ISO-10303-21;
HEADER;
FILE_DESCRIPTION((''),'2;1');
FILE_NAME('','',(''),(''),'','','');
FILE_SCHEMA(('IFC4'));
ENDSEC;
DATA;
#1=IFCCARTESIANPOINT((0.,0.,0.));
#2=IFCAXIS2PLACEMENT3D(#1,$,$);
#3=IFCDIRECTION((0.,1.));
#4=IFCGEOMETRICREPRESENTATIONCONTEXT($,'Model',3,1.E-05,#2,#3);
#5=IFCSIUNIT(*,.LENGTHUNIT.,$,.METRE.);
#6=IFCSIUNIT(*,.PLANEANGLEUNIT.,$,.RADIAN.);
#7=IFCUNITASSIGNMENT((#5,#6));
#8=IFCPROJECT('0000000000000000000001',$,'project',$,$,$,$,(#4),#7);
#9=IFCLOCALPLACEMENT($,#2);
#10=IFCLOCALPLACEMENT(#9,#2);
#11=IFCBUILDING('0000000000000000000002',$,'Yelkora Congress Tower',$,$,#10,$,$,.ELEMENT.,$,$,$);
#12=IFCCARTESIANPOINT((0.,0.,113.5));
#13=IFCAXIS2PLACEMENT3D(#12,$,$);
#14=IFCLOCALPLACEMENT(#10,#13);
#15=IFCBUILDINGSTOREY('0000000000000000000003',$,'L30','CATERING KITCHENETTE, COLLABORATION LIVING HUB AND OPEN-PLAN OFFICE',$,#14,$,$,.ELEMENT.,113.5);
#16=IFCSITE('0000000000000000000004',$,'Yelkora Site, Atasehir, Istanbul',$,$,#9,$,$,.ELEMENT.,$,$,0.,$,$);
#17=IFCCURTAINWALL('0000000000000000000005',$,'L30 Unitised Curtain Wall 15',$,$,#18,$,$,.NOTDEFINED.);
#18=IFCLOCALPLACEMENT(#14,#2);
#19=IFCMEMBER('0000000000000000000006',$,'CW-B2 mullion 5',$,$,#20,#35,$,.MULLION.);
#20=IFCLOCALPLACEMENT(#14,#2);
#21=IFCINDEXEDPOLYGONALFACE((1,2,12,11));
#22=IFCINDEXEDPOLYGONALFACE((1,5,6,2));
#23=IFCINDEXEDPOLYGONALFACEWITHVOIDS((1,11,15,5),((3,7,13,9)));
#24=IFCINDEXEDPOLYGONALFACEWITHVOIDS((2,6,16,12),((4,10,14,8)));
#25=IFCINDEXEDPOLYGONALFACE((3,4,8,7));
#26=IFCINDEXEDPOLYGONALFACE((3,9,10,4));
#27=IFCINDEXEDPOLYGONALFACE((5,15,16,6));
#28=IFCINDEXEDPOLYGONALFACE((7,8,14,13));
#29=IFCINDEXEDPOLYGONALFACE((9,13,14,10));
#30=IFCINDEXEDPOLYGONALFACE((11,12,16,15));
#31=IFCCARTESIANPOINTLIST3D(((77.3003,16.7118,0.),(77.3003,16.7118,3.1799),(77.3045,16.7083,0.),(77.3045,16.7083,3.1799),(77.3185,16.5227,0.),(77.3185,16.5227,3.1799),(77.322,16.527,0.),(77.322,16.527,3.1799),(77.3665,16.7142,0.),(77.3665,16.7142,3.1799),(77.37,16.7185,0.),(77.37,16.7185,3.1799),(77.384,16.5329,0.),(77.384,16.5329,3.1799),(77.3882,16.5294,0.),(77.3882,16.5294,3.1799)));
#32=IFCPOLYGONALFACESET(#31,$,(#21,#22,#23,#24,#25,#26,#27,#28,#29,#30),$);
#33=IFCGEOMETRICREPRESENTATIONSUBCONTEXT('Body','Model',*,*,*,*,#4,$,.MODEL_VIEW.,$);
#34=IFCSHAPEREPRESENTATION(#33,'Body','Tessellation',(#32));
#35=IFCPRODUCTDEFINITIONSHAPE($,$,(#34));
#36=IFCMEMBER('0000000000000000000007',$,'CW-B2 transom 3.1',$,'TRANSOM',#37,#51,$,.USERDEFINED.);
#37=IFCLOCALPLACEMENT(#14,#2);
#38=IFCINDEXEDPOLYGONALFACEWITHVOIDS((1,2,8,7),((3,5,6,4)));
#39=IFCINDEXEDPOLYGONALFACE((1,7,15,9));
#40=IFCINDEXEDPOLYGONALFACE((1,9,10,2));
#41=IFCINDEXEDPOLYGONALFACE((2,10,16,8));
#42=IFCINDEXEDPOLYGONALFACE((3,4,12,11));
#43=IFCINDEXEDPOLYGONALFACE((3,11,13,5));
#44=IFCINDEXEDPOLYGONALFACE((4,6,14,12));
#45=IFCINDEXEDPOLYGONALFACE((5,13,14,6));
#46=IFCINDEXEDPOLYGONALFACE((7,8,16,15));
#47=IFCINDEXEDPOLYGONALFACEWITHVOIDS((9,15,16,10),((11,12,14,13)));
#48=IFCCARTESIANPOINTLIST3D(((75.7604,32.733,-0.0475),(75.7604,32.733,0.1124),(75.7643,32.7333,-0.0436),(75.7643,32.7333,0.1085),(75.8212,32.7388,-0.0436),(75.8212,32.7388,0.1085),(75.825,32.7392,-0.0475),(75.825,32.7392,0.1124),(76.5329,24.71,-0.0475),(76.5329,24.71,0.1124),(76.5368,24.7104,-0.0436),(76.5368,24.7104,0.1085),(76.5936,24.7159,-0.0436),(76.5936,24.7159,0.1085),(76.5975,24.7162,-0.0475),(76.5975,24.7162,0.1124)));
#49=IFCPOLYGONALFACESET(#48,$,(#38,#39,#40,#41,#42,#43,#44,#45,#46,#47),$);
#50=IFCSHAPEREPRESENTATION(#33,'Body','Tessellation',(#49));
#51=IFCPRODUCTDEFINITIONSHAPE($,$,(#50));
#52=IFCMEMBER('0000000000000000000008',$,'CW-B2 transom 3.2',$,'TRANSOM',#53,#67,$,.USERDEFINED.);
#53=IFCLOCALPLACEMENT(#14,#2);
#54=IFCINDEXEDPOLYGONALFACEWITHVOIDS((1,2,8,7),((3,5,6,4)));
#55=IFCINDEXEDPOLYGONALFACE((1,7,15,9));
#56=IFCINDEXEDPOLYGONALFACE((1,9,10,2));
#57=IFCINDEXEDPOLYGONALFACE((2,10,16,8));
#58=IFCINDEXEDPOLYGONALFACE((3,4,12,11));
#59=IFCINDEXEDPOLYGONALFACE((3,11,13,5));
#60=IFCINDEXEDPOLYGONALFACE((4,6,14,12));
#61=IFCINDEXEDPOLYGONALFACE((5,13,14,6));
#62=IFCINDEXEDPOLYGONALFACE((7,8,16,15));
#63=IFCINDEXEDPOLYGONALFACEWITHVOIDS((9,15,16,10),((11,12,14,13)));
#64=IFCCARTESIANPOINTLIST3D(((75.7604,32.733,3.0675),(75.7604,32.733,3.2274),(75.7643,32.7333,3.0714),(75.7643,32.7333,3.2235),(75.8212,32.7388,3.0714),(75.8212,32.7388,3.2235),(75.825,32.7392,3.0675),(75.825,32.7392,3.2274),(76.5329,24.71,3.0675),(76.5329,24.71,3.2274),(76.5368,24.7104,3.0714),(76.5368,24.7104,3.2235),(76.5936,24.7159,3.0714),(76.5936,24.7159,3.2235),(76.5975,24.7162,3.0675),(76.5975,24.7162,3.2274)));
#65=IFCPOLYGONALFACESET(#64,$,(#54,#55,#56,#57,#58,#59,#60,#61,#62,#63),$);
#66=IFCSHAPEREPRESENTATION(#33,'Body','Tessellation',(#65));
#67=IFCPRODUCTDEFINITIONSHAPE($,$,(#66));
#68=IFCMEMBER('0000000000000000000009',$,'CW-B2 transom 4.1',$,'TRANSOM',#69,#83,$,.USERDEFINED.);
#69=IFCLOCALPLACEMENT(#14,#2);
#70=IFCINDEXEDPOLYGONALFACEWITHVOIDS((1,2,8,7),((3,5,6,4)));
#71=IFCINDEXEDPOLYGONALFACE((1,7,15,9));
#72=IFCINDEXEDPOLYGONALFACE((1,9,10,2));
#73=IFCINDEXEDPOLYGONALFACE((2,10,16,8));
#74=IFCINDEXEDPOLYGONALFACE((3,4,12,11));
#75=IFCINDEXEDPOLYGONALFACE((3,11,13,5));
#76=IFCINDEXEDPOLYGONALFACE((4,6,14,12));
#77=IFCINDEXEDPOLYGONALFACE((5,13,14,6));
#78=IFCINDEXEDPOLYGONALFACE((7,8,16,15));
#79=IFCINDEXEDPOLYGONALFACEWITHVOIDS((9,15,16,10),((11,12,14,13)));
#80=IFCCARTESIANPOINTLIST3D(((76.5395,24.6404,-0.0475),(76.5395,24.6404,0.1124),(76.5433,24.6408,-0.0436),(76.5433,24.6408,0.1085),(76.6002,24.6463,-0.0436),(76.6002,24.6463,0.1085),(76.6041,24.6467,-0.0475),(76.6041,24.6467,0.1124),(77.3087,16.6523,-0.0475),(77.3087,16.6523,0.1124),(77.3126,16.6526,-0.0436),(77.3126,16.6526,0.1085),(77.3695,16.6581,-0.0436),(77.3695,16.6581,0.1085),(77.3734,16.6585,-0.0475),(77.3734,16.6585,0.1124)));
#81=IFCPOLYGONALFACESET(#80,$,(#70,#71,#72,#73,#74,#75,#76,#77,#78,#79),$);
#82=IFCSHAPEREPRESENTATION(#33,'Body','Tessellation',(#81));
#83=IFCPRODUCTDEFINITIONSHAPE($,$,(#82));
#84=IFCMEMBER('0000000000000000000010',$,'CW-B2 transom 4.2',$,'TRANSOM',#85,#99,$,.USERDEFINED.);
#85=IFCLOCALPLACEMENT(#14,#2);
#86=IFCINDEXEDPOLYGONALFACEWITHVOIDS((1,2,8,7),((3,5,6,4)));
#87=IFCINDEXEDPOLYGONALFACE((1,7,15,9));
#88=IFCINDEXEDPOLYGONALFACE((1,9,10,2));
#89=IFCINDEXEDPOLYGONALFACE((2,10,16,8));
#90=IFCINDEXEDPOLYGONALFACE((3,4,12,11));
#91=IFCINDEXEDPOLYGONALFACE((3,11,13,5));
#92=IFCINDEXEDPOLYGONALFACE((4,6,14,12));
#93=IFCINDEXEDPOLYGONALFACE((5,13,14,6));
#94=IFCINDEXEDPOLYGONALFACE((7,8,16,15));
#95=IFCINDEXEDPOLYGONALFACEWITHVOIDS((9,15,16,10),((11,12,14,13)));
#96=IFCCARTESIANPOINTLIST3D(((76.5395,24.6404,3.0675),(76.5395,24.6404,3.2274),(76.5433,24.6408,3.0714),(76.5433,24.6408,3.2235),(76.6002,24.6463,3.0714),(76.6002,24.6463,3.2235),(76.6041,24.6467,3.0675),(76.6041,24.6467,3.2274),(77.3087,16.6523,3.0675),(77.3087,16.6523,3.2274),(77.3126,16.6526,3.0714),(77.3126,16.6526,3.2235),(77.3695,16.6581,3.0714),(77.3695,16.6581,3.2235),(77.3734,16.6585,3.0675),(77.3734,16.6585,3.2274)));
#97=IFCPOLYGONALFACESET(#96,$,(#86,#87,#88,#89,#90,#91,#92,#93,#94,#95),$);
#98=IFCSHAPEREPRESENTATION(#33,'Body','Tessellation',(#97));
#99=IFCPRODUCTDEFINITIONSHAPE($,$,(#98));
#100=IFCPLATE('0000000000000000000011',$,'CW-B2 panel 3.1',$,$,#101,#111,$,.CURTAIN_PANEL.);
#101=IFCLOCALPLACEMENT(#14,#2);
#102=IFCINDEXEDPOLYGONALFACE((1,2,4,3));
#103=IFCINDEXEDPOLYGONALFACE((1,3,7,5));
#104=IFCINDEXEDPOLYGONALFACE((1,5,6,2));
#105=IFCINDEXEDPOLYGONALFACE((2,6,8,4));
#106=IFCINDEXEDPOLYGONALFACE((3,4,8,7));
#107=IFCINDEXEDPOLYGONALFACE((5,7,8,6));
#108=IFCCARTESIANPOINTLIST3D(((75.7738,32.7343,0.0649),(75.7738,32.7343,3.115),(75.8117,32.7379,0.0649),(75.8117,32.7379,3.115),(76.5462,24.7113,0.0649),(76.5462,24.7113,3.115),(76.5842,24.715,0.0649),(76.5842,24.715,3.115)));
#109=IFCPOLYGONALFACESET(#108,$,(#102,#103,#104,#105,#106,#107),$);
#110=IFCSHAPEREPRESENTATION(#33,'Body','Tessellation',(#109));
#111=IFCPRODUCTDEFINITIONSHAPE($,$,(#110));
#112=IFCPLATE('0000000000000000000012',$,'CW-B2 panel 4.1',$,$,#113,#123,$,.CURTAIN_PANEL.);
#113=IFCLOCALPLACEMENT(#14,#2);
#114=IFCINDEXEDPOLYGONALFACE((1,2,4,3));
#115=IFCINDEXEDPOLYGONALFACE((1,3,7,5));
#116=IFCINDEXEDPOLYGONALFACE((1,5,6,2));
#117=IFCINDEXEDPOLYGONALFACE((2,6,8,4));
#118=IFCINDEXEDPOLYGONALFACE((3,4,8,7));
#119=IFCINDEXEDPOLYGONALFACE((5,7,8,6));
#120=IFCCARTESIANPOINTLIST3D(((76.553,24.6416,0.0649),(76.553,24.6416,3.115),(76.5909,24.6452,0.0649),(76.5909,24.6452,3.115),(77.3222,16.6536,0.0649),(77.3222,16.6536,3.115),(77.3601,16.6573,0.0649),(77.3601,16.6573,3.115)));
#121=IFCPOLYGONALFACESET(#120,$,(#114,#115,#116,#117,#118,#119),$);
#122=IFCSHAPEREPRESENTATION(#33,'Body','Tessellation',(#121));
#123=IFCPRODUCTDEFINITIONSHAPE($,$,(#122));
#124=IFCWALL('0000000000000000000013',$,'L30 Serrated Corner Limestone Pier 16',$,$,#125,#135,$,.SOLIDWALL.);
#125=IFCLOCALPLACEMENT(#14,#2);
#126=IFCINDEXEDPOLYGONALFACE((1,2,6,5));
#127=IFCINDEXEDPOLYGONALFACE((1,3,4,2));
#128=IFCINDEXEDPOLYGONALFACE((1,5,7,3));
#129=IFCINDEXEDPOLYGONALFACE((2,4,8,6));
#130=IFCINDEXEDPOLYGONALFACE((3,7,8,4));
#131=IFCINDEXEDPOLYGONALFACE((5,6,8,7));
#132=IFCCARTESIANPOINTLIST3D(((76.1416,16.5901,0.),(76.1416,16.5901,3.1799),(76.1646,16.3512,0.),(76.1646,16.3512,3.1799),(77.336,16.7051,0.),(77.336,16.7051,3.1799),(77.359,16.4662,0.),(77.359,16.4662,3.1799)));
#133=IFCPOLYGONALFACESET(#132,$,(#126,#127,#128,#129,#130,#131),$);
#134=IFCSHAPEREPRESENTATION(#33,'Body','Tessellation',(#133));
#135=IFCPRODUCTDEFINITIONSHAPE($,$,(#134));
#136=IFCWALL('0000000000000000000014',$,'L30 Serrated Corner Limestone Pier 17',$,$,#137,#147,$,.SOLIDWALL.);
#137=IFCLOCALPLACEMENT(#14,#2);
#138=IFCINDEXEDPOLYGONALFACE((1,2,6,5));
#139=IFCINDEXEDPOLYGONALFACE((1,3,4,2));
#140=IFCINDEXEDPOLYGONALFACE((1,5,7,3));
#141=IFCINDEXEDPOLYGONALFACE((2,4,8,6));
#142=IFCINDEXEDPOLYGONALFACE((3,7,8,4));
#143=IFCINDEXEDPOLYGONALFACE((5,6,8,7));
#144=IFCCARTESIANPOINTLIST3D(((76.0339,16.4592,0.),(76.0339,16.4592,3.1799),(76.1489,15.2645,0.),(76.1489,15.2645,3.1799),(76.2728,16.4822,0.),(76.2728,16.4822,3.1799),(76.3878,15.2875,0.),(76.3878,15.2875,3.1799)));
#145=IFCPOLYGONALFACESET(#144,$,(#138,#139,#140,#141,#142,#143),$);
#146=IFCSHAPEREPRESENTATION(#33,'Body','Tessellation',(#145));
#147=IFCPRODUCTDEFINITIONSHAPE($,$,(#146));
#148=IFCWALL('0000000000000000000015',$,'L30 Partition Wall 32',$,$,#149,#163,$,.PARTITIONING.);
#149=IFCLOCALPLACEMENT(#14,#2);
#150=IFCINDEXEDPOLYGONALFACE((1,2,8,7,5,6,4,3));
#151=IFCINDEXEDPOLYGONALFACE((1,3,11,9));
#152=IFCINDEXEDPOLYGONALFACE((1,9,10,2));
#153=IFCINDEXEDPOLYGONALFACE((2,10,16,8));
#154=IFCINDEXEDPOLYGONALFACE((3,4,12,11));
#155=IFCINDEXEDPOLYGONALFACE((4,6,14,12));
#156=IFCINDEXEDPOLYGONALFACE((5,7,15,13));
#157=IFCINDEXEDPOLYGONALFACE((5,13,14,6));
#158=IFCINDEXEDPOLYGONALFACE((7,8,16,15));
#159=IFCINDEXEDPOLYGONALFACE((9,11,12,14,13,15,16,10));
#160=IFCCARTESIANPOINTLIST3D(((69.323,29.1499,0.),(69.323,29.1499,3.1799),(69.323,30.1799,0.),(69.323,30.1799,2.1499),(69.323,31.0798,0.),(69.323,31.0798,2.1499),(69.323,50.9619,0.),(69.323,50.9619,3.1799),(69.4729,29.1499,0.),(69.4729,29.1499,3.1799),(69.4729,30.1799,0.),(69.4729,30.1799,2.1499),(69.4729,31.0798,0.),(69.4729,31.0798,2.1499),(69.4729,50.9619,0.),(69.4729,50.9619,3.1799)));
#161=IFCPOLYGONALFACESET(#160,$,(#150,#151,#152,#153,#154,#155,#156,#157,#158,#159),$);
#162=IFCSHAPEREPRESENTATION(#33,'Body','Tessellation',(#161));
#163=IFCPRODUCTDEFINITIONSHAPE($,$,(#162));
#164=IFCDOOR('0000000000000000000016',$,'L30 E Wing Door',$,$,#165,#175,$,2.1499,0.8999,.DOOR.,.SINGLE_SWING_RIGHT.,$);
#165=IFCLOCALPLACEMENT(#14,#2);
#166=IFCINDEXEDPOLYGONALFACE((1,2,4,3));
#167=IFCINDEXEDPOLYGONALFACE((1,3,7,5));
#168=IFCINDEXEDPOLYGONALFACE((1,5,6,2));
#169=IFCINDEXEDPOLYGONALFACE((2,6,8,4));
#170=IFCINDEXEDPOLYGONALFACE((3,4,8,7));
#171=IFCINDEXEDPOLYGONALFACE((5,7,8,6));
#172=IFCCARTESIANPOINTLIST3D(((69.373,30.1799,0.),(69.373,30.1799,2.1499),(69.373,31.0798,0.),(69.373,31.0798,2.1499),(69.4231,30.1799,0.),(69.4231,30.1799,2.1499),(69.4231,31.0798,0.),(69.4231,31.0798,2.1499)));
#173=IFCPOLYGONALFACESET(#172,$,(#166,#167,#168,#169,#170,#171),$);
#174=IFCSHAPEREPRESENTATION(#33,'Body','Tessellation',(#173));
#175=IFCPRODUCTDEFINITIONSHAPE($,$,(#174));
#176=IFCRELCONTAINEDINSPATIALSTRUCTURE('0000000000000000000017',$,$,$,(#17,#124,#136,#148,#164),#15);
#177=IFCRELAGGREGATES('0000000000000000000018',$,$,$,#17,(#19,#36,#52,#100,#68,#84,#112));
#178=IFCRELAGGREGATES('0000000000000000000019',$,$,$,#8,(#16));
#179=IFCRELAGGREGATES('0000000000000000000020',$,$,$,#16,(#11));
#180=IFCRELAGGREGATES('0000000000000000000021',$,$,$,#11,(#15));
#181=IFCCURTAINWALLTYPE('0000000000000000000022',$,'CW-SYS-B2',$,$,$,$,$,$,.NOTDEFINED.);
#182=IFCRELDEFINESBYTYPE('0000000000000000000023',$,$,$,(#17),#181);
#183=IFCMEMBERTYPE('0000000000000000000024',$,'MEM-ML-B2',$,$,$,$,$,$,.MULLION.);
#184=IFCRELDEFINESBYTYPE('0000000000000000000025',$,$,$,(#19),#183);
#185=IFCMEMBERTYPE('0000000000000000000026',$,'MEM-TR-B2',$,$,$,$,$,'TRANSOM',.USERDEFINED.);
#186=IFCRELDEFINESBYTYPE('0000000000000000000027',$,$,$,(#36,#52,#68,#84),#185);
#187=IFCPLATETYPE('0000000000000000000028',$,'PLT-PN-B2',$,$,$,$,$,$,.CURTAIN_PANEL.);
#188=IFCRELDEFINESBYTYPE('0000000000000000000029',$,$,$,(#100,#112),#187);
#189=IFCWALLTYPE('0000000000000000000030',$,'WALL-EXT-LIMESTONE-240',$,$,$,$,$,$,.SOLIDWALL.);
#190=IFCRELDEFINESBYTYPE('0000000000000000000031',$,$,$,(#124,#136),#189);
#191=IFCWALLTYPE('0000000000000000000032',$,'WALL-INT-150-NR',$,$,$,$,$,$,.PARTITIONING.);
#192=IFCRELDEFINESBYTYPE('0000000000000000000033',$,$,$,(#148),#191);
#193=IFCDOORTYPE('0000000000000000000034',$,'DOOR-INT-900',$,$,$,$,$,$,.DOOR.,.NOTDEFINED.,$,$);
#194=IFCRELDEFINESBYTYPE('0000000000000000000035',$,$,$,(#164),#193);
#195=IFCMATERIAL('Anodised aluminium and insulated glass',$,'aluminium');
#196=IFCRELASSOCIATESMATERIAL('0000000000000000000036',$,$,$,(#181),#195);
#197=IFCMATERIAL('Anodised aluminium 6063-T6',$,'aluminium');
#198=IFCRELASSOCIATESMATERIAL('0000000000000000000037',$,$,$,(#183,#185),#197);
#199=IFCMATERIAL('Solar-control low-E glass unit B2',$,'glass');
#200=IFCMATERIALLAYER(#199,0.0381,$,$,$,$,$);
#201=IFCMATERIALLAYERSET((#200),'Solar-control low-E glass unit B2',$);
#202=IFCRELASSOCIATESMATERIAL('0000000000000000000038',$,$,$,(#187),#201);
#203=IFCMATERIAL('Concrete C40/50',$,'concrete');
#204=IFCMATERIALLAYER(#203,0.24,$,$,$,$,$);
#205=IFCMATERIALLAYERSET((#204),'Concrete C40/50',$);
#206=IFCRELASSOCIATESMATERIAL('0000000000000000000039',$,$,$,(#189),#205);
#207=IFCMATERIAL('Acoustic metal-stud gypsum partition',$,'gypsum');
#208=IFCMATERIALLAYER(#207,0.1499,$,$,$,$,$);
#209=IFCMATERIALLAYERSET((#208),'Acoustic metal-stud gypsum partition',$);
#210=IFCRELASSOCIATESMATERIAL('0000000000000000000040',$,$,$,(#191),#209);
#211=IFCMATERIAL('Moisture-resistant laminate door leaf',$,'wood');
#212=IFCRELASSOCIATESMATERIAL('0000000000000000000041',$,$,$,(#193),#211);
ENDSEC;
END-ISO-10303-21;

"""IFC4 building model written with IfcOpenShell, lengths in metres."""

from ifc_helpers import new_model, si_unit, direction, frame, frame_2d, origin, origin_2d, place, context, subcontext, project, spatial, rectangle, hollow_rectangle, extrude, material, layer, layer_set, material_profile, profile_set, type_object, element, fill, aggregate, save


model = new_model("IFC4")

# Units and contexts
model_context = context("Model", 3, precision=1e-05, world=origin(), true_north=direction((0.0, 1.0)))
body_context = subcontext(model_context, "Body", "Model", "MODEL_VIEW")
ifc_project = project(units=[si_unit("LENGTHUNIT", "METRE"), si_unit("PLANEANGLEUNIT", "RADIAN")], contexts=[model_context])

# Site, building, storey
site_placement = place(None, origin())
site = spatial("IfcSite", under=ifc_project, at=site_placement, Name="Yelkora Site, Atasehir, Istanbul", CompositionType="ELEMENT", RefElevation=0.0)
building_placement = place(site_placement, origin())
building = spatial("IfcBuilding", under=site, at=building_placement, Name="Yelkora Congress Tower", CompositionType="ELEMENT")
storey_placement = place(building_placement, frame((0.0, 0.0, 113.5)))
storey = spatial("IfcBuildingStorey", under=building, at=storey_placement, Name="L30", Description="CATERING KITCHENETTE, COLLABORATION LIVING HUB AND OPEN-PLAN OFFICE", CompositionType="ELEMENT", Elevation=113.5)

# Curtain wall, members, plates
ifc_material_1 = material(Name="Anodised aluminium and insulated glass", Category="aluminium")
curtain_wall_type = type_object("IfcCurtainWallType", Name="CW-SYS-B2", PredefinedType="NOTDEFINED", material=ifc_material_1)
curtain_wall_placement = place(storey_placement, origin())
curtain_wall = element("IfcCurtainWall", 1, at=curtain_wall_placement, inside=storey, type_object=curtain_wall_type, Name="L30 Unitised Curtain Wall 15", PredefinedType="NOTDEFINED")
ifc_material_2 = material(Name="Anodised aluminium 6063-T6", Category="aluminium")
ifc_material_profile_1 = material_profile(ifc_material_2, hollow_rectangle(XDim=0.0701, YDim=0.1899, WallThickness=0.0039, at=origin_2d()), Name="ALU 70x190x4")
ifc_profile_set_1 = profile_set([ifc_material_profile_1], Name="Anodised aluminium 6063-T6")
member_type_1 = type_object("IfcMemberType", Name="MEM-ML-B2", PredefinedType="MULLION", material=ifc_profile_set_1)
member_1_placement = place(storey_placement, frame((77.3442, 16.6206, 0.0), z_axis=(0.0, 0.0, 1.0), x_axis=(0.995397, 0.095843, 0.0)))
member_1 = element("IfcMember", 2, at=member_1_placement, type_object=member_type_1, Name="CW-B2 mullion 5", PredefinedType="MULLION", context=body_context, shape_type="SweptSolid", body=[
    extrude(hollow_rectangle(XDim=0.0701, YDim=0.1899, WallThickness=0.0039, at=origin_2d()), origin(), (0.0, 0.0, 1.0), 3.1799),
])
ifc_material_profile_2 = material_profile(ifc_material_2, hollow_rectangle(XDim=0.0649, YDim=0.1599, WallThickness=0.0039, at=origin_2d()), Name="ALU 65x160x4")
ifc_profile_set_2 = profile_set([ifc_material_profile_2], Name="Anodised aluminium 6063-T6")
member_type_2 = type_object("IfcMemberType", Name="MEM-TR-B2", ElementType="TRANSOM", PredefinedType="USERDEFINED", material=ifc_profile_set_2)
member_2_placement = place(storey_placement, frame((75.7927, 32.7361, 0.0325), z_axis=(0.095838, -0.995397, 0.0), x_axis=(0.995397, 0.095838, 0.0)))
member_2 = element("IfcMember", 3, at=member_2_placement, type_object=member_type_2, Name="CW-B2 transom 3.1", ObjectType="TRANSOM", PredefinedType="USERDEFINED", context=body_context, shape_type="SweptSolid", body=[
    extrude(hollow_rectangle(XDim=0.0649, YDim=0.1599, WallThickness=0.0039, at=origin_2d()), origin(), (0.0, 0.0, 1.0), 8.0601),
])
member_3_placement = place(storey_placement, frame((75.7927, 32.7361, 3.1475), z_axis=(0.095838, -0.995397, 0.0), x_axis=(0.995397, 0.095838, 0.0)))
member_3 = element("IfcMember", 4, at=member_3_placement, type_object=member_type_2, Name="CW-B2 transom 3.2", ObjectType="TRANSOM", PredefinedType="USERDEFINED", context=body_context, shape_type="SweptSolid", body=[
    extrude(hollow_rectangle(XDim=0.0649, YDim=0.1599, WallThickness=0.0039, at=origin_2d()), origin(), (0.0, 0.0, 1.0), 8.0601),
])
member_4_placement = place(storey_placement, frame((76.5718, 24.6436, 0.0325), z_axis=(0.095858, -0.995395, 0.0), x_axis=(0.995395, 0.095858, 0.0)))
member_4 = element("IfcMember", 5, at=member_4_placement, type_object=member_type_2, Name="CW-B2 transom 4.1", ObjectType="TRANSOM", PredefinedType="USERDEFINED", context=body_context, shape_type="SweptSolid", body=[
    extrude(hollow_rectangle(XDim=0.0649, YDim=0.1599, WallThickness=0.0039, at=origin_2d()), origin(), (0.0, 0.0, 1.0), 8.0251),
])
member_5_placement = place(storey_placement, frame((76.5718, 24.6436, 3.1475), z_axis=(0.095858, -0.995395, 0.0), x_axis=(0.995395, 0.095858, 0.0)))
member_5 = element("IfcMember", 6, at=member_5_placement, type_object=member_type_2, Name="CW-B2 transom 4.2", ObjectType="TRANSOM", PredefinedType="USERDEFINED", context=body_context, shape_type="SweptSolid", body=[
    extrude(hollow_rectangle(XDim=0.0649, YDim=0.1599, WallThickness=0.0039, at=origin_2d()), origin(), (0.0, 0.0, 1.0), 8.0251),
])
ifc_material_3 = material(Name="Solar-control low-E glass unit B2", Category="glass")
ifc_layer_1 = layer(ifc_material_3, 0.0381)
ifc_layer_set_1 = layer_set([ifc_layer_1], Name="Solar-control low-E glass unit B2")
plate_type = type_object("IfcPlateType", Name="PLT-PN-B2", PredefinedType="CURTAIN_PANEL", material=ifc_layer_set_1)
plate_1_placement = place(storey_placement, frame((76.179, 28.7246, 0.0649), z_axis=(0.0, 0.0, 1.0), x_axis=(0.095843, -0.995397, 0.0)))
plate_1 = element("IfcPlate", 7, at=plate_1_placement, type_object=plate_type, Name="CW-B2 panel 3.1", PredefinedType="CURTAIN_PANEL", context=body_context, shape_type="SweptSolid", body=[
    extrude(rectangle(XDim=8.0601, YDim=0.0381, at=origin_2d()), origin(), (0.0, 0.0, 1.0), 3.05),
])
plate_2_placement = place(storey_placement, frame((76.9565, 20.6494, 0.0649), z_axis=(0.0, 0.0, 1.0), x_axis=(0.095843, -0.995397, 0.0)))
plate_2 = element("IfcPlate", 8, at=plate_2_placement, type_object=plate_type, Name="CW-B2 panel 4.1", PredefinedType="CURTAIN_PANEL", context=body_context, shape_type="SweptSolid", body=[
    extrude(rectangle(XDim=8.0249, YDim=0.0381, at=origin_2d()), origin(), (0.0, 0.0, 1.0), 3.05),
])
aggregate(curtain_wall, [member_1, member_2, member_3, plate_1, member_4, member_5, plate_2])

# Walls
ifc_material_4 = material(Name="Concrete C40/50", Category="concrete")
ifc_layer_2 = layer(ifc_material_4, 0.24)
ifc_layer_set_2 = layer_set([ifc_layer_2], Name="Concrete C40/50")
wall_type_1 = type_object("IfcWallType", Name="WALL-EXT-LIMESTONE-240", PredefinedType="SOLIDWALL", material=ifc_layer_set_2)
wall_1_placement = place(storey_placement, frame((77.3477, 16.5857, 0.0), z_axis=(0.0, 0.0, 1.0), x_axis=(-0.995397, -0.095836, 0.0)))
element("IfcWall", 9, at=wall_1_placement, inside=storey, type_object=wall_type_1, Name="L30 Serrated Corner Limestone Pier 16", PredefinedType="SOLIDWALL", context=body_context, shape_type="SweptSolid", body=[
    extrude(rectangle(XDim=1.2, YDim=0.24, at=frame_2d((0.6001, 0.0))), origin(), (0.0, 0.0, 1.0), 3.1799),
])
wall_2_placement = place(storey_placement, frame((76.1533, 16.4707, 0.0), z_axis=(0.0, 0.0, 1.0), x_axis=(0.095817, -0.995399, 0.0)))
element("IfcWall", 10, at=wall_2_placement, inside=storey, type_object=wall_type_1, Name="L30 Serrated Corner Limestone Pier 17", PredefinedType="SOLIDWALL", context=body_context, shape_type="SweptSolid", body=[
    extrude(rectangle(XDim=1.2002, YDim=0.24, at=frame_2d((0.6001, 0.0))), origin(), (0.0, 0.0, 1.0), 3.1799),
])

# Wall, opening, door
ifc_material_5 = material(Name="Acoustic metal-stud gypsum partition", Category="gypsum")
ifc_layer_3 = layer(ifc_material_5, 0.1499)
ifc_layer_set_3 = layer_set([ifc_layer_3], Name="Acoustic metal-stud gypsum partition")
wall_type_2 = type_object("IfcWallType", Name="WALL-INT-150-NR", PredefinedType="PARTITIONING", material=ifc_layer_set_3)
wall_3_placement = place(storey_placement, frame((69.3979, 29.1499, 0.0), z_axis=(0.0, 0.0, 1.0), x_axis=(0.0, 1.0, 0.0)))
wall_3 = element("IfcWall", 11, at=wall_3_placement, inside=storey, type_object=wall_type_2, Name="L30 Partition Wall 32", PredefinedType="PARTITIONING", context=body_context, shape_type="SweptSolid", body=[
    extrude(rectangle(XDim=21.812, YDim=0.1499, at=frame_2d((10.906, 0.0))), origin(), (0.0, 0.0, 1.0), 3.1799),
])
opening_placement = place(wall_3_placement, frame((1.03, 0.0, 0.0)))
opening = element("IfcOpeningElement", 12, at=opening_placement, cuts=wall_3, PredefinedType="OPENING", context=body_context, shape_type="SweptSolid", body=[
    extrude(rectangle(XDim=0.8999, YDim=2.1499, at=frame_2d((0.45, 1.075))), frame((0.0, 0.085, 0.0), z_axis=(0.0, -1.0, 0.0), x_axis=(1.0, 0.0, 0.0)), (0.0, 0.0, 1.0), 0.1699),
])
ifc_material_6 = material(Name="Moisture-resistant laminate door leaf", Category="wood")
door_type = type_object("IfcDoorType", Name="DOOR-INT-900", OperationType="NOTDEFINED", PredefinedType="DOOR", material=ifc_material_6)
door_placement = place(opening_placement, origin())
door = element("IfcDoor", 13, at=door_placement, inside=storey, type_object=door_type, Name="L30 E Wing Door", OperationType="SINGLE_SWING_RIGHT", OverallHeight=2.1499, OverallWidth=0.8999, PredefinedType="DOOR", context=body_context, shape_type="SweptSolid", body=[
    extrude(rectangle(XDim=0.8999, YDim=2.1499, at=frame_2d((0.45, 1.075))), frame((0.0, 0.0249, 0.0), z_axis=(0.0, -1.0, 0.0), x_axis=(1.0, 0.0, 0.0)), (0.0, 0.0, 1.0), 0.05),
])
fill(opening, door)

save(model, "model.ifc")
